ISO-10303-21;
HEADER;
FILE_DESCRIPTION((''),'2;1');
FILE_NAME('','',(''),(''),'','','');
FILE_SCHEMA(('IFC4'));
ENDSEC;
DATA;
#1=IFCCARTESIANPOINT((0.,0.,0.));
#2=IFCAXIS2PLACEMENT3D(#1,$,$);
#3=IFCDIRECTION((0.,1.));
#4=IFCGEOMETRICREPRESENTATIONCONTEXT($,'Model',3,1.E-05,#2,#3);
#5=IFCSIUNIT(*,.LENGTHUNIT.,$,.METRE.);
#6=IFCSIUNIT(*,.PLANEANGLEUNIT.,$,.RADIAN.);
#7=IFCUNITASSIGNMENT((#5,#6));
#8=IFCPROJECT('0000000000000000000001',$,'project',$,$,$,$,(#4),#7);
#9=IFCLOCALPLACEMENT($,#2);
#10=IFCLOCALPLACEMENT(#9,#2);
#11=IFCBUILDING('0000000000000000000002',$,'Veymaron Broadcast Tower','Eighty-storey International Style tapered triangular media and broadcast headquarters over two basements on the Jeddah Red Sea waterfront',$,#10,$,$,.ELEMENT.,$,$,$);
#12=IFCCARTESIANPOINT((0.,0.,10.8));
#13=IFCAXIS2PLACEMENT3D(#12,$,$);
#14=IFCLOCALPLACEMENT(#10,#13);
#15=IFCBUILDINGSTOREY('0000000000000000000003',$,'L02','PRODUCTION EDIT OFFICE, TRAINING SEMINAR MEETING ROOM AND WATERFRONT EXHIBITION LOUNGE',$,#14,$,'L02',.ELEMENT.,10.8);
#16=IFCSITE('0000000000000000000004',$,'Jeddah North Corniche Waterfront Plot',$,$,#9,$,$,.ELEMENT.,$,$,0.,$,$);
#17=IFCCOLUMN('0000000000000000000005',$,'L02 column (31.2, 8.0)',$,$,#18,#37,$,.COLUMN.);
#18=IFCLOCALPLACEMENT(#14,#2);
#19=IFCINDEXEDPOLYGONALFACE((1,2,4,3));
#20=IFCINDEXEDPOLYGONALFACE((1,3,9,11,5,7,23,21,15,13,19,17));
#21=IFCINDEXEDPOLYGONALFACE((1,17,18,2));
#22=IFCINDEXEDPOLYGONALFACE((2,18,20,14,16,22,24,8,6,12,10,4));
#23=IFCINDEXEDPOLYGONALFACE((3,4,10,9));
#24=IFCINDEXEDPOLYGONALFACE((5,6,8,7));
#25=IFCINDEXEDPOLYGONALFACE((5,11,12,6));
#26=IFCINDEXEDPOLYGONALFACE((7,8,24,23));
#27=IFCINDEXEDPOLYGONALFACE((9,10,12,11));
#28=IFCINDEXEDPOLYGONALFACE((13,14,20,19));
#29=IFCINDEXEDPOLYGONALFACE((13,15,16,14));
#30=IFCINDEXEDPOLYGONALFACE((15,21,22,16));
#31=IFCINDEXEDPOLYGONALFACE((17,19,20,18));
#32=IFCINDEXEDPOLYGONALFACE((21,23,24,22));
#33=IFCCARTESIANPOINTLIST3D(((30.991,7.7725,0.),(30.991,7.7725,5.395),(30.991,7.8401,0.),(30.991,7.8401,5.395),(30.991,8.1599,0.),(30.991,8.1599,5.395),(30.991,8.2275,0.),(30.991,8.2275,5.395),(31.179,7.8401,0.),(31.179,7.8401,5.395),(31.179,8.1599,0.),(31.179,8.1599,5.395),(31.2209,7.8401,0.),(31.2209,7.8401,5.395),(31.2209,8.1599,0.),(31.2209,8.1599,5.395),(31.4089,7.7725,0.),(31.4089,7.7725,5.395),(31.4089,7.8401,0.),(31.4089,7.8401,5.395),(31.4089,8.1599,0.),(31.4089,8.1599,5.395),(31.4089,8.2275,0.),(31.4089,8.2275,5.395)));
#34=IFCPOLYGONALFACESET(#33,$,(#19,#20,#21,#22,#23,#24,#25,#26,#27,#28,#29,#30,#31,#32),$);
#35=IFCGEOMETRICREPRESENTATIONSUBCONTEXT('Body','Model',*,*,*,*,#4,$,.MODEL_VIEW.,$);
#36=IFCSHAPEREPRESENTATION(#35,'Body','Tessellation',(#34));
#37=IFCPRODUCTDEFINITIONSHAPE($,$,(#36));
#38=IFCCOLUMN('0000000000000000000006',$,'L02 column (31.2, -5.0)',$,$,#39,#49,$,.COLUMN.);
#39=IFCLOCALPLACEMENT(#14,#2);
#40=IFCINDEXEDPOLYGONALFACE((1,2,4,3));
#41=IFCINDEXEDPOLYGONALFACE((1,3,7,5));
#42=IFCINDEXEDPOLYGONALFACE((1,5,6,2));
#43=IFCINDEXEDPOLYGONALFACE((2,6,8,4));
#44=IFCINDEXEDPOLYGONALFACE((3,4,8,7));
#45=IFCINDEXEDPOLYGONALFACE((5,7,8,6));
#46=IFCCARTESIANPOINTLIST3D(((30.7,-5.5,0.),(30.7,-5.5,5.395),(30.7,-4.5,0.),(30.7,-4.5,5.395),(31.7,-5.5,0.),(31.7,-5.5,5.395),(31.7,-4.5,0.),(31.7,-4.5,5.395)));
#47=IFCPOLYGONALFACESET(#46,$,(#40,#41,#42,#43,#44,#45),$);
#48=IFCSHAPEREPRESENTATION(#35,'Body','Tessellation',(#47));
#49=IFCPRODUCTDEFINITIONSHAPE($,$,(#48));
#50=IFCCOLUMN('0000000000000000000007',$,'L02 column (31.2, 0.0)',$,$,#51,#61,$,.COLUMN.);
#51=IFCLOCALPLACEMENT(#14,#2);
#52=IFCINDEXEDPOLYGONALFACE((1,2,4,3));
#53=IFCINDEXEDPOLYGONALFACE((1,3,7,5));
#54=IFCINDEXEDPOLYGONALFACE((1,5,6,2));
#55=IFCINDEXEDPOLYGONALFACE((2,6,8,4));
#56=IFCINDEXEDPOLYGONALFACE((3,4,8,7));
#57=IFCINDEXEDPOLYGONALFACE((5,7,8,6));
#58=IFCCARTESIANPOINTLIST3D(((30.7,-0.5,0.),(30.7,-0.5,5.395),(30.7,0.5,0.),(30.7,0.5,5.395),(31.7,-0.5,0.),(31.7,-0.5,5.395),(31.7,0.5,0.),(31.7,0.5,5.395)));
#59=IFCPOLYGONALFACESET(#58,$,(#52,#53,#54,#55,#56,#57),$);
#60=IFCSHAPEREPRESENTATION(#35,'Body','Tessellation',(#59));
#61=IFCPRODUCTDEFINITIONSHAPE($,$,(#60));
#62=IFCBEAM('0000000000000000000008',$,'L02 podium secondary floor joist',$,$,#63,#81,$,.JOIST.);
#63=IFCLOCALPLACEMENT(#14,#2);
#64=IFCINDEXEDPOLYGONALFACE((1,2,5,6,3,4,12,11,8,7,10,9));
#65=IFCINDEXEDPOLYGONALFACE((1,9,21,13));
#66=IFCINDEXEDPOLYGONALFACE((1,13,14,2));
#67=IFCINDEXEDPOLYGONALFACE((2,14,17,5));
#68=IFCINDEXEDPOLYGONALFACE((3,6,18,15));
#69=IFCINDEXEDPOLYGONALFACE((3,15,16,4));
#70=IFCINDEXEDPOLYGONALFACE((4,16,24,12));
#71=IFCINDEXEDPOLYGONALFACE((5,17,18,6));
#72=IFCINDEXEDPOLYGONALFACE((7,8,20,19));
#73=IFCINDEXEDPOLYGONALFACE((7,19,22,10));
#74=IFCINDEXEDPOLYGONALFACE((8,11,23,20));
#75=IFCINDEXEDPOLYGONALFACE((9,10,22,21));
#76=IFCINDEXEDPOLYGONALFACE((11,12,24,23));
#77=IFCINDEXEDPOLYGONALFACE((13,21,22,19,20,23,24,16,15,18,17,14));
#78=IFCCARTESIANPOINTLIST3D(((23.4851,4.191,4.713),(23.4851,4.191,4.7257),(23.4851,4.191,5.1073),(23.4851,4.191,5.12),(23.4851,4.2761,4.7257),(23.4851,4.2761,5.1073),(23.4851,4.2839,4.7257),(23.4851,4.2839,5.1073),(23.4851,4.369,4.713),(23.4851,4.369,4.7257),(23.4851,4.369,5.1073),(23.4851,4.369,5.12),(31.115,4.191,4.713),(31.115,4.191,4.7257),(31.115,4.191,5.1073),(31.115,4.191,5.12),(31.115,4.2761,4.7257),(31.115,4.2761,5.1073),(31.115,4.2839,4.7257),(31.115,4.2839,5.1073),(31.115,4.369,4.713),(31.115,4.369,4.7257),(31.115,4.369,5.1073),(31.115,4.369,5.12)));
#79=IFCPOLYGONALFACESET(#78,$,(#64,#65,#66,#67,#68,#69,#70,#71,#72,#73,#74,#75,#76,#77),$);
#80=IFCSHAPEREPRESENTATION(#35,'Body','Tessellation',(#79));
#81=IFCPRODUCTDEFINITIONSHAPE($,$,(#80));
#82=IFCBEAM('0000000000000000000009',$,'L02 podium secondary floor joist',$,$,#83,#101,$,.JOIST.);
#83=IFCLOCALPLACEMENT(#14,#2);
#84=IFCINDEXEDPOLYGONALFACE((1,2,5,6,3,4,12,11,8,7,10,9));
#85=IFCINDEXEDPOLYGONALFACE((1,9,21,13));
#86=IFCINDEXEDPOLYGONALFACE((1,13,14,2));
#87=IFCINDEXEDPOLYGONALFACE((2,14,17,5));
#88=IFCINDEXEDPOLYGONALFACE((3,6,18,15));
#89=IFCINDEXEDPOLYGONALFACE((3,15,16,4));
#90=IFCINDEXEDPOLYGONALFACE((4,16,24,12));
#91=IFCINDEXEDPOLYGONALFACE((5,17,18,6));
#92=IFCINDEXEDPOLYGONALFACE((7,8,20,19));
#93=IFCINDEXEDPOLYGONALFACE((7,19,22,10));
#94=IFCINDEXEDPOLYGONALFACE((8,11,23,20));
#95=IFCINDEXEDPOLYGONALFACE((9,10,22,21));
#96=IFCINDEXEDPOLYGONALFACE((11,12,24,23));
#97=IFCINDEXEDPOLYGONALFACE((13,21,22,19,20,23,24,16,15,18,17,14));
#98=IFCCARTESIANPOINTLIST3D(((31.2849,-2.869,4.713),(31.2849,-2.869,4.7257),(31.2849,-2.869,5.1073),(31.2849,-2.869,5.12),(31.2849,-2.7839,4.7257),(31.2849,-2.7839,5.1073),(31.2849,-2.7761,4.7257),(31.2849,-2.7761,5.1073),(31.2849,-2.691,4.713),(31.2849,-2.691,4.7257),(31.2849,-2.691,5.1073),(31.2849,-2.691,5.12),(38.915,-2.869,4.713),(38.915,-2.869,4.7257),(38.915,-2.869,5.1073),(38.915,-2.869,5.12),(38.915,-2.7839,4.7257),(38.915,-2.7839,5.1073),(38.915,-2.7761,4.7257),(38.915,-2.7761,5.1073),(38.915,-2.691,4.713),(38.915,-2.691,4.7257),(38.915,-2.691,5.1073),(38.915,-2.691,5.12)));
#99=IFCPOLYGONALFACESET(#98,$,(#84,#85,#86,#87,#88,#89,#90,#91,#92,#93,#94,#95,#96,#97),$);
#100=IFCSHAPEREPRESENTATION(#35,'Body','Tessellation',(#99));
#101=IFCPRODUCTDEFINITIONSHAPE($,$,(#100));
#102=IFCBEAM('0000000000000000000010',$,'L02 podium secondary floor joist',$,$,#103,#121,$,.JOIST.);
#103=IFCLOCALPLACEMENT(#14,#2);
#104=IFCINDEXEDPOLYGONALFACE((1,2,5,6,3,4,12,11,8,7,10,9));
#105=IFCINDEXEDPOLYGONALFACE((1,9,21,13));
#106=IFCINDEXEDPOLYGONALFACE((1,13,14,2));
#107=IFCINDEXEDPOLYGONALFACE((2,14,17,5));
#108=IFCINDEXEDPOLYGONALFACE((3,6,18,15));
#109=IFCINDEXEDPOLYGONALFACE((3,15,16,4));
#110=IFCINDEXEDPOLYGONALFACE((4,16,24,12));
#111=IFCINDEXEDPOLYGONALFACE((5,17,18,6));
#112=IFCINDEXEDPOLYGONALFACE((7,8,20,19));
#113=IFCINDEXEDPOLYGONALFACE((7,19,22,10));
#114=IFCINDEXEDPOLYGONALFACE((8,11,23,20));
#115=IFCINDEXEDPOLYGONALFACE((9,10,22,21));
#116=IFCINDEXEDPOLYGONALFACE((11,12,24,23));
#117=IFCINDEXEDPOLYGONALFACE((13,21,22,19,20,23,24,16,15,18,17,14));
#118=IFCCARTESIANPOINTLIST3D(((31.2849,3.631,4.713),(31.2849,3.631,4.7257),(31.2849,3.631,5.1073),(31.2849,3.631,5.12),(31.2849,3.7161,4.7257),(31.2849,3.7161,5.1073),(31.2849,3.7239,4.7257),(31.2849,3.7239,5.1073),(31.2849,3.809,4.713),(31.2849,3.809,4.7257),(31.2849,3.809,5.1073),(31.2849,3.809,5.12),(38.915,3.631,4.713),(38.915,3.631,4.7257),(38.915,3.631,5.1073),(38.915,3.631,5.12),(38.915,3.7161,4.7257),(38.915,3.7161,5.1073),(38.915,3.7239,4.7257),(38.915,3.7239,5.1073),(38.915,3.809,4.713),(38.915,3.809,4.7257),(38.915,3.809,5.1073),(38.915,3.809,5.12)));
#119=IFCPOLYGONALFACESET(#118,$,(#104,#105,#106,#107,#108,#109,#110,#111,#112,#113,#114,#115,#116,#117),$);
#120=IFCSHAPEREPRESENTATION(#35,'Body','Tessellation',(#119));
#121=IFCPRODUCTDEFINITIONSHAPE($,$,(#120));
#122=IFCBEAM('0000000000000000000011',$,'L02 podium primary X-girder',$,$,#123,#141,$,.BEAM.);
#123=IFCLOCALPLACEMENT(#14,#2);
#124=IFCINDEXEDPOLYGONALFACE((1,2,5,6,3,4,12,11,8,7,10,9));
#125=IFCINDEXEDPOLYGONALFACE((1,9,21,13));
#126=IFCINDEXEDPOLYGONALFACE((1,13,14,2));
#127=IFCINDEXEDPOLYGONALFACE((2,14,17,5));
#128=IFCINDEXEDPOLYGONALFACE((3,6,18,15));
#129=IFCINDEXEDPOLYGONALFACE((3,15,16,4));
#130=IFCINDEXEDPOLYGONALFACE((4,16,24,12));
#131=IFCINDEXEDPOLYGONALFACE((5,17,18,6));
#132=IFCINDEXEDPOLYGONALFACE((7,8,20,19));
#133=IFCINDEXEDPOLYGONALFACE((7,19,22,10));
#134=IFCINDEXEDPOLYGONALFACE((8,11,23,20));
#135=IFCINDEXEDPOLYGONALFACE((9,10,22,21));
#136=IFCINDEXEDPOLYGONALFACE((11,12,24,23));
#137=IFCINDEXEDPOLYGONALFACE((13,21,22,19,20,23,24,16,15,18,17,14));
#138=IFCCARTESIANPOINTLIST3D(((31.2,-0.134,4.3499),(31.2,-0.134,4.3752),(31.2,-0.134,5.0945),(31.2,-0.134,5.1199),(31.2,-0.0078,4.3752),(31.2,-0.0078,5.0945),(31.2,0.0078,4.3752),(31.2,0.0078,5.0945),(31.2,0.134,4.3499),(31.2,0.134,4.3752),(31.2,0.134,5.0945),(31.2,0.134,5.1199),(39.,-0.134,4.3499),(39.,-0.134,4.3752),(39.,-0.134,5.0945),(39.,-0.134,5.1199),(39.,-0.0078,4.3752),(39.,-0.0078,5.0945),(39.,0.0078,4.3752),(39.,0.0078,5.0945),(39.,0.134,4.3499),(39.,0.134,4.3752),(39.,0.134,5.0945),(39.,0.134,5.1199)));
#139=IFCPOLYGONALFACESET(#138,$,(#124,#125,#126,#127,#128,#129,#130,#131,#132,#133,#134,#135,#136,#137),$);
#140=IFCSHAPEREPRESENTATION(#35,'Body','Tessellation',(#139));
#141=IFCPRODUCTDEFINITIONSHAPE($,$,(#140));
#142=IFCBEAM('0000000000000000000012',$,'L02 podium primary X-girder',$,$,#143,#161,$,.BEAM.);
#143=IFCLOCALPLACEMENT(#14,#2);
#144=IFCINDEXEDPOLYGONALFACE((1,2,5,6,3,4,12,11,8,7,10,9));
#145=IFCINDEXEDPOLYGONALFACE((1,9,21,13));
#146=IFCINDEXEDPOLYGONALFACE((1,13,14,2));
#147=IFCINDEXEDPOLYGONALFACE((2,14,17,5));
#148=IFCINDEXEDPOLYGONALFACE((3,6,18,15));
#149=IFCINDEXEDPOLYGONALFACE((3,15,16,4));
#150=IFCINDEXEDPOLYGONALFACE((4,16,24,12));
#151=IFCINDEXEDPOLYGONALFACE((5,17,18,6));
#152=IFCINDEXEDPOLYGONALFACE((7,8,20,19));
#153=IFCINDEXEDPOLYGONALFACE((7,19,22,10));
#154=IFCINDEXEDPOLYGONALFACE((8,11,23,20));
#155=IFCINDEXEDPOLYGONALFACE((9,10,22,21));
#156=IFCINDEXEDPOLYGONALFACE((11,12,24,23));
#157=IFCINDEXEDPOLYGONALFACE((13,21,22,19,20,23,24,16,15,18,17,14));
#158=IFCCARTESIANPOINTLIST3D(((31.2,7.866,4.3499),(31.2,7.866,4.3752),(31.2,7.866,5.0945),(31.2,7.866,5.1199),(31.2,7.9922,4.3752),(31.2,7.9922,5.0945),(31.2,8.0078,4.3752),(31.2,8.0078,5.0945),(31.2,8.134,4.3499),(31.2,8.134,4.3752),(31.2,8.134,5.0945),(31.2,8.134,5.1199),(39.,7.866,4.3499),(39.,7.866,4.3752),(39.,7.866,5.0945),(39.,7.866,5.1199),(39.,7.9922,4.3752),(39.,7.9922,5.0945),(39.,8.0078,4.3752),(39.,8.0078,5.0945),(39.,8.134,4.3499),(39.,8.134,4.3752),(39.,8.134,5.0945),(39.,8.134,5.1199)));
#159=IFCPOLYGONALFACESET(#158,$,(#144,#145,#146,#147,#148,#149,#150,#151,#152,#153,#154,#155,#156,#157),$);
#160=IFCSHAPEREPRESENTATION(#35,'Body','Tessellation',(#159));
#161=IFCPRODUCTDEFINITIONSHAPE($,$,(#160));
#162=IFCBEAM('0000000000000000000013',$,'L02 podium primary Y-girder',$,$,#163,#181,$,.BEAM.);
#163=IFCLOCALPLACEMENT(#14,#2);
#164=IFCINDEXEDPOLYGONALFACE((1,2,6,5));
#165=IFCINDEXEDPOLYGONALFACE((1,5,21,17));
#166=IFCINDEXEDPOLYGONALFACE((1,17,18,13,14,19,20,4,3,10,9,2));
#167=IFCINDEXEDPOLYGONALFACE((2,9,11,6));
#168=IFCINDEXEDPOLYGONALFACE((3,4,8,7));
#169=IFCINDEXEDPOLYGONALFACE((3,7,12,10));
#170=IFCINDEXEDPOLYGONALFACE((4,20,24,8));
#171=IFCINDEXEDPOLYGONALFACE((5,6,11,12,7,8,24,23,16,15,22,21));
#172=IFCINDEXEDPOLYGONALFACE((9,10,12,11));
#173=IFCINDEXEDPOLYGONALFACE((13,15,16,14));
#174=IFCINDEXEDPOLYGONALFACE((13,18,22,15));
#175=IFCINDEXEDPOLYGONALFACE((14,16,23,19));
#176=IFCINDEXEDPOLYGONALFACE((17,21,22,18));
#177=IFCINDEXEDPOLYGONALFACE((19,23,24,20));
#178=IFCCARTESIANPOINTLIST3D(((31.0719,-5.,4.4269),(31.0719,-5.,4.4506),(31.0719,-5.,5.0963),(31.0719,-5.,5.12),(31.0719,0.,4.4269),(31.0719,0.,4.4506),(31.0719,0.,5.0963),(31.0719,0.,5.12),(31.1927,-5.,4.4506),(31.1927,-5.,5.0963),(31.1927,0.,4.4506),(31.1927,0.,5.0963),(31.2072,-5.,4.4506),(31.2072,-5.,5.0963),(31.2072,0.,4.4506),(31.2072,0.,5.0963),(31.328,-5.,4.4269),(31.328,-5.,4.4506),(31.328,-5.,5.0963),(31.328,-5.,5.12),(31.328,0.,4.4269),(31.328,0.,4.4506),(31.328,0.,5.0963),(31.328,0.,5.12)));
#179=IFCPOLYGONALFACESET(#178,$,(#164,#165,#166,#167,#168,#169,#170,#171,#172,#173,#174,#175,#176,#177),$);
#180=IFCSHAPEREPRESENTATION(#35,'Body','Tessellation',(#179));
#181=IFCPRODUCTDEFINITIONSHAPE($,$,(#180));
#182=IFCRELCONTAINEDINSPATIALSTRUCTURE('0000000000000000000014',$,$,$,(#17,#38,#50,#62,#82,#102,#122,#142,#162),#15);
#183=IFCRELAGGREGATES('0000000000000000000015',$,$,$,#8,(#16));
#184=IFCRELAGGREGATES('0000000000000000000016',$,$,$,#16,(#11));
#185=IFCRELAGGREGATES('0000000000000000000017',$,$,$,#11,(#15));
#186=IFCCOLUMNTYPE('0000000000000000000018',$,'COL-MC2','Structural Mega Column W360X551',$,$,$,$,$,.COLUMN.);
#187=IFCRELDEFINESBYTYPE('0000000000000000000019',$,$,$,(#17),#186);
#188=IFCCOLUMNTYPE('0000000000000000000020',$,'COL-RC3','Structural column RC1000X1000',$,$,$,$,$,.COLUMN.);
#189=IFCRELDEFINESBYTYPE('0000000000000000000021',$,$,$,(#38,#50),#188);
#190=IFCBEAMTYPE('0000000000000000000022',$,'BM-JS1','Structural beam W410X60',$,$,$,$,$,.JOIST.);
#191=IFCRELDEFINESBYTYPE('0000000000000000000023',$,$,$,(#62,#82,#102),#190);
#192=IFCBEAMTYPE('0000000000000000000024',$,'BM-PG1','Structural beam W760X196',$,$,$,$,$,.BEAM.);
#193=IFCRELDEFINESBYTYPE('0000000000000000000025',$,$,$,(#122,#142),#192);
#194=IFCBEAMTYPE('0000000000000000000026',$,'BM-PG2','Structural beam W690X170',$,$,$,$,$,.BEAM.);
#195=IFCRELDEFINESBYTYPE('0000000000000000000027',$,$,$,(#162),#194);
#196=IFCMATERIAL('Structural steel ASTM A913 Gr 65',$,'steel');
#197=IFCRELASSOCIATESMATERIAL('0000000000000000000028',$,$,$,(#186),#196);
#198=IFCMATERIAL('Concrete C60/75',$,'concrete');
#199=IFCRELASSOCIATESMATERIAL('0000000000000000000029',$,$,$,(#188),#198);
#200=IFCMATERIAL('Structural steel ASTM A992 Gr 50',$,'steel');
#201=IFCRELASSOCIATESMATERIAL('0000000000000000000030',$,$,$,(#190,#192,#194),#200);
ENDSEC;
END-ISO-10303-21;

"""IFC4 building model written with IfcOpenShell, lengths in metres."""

from ifc_helpers import new_model, si_unit, direction, frame, origin, origin_2d, place, context, subcontext, project, spatial, rectangle, i_section, extrude, material, material_profile, profile_set, type_object, element, save


model = new_model("IFC4")

# Units and contexts
model_context = context("Model", 3, precision=1e-05, world=origin(), true_north=direction((0.0, 1.0)))
body_context = subcontext(model_context, "Body", "Model", "MODEL_VIEW")
ifc_project = project(units=[si_unit("LENGTHUNIT", "METRE"), si_unit("PLANEANGLEUNIT", "RADIAN")], contexts=[model_context])

# Site, building, storey
site_placement = place(None, origin())
site = spatial("IfcSite", under=ifc_project, at=site_placement, Name="Jeddah North Corniche Waterfront Plot", CompositionType="ELEMENT", RefElevation=0.0)
building_placement = place(site_placement, origin())
building = spatial("IfcBuilding", under=site, at=building_placement, Name="Veymaron Broadcast Tower", Description="Eighty-storey International Style tapered triangular media and broadcast headquarters over two basements on the Jeddah Red Sea waterfront", CompositionType="ELEMENT")
storey_placement = place(building_placement, frame((0.0, 0.0, 10.8)))
storey = spatial("IfcBuildingStorey", under=building, at=storey_placement, Name="L02", Description="PRODUCTION EDIT OFFICE, TRAINING SEMINAR MEETING ROOM AND WATERFRONT EXHIBITION LOUNGE", LongName="L02", CompositionType="ELEMENT", Elevation=10.8)

# Columns
ifc_material_1 = material(Name="Structural steel ASTM A913 Gr 65", Category="steel")
ifc_material_profile_1 = material_profile(ifc_material_1, i_section(OverallWidth=0.418, OverallDepth=0.4551, WebThickness=0.042, FlangeThickness=0.0676, at=origin_2d()), Name="W360X551")
ifc_profile_set_1 = profile_set([ifc_material_profile_1], Name="Structural steel ASTM A913 Gr 65")
column_type_1 = type_object("IfcColumnType", Name="COL-MC2", Description="Structural Mega Column W360X551", PredefinedType="COLUMN", material=ifc_profile_set_1)
column_placement = place(storey_placement, frame((31.2, 8.0, 0.0), z_axis=(0.0, 0.0, 1.0), x_axis=(1.0, 0.0, 0.0)))
element("IfcColumn", 1, at=column_placement, inside=storey, type_object=column_type_1, Name="L02 column (31.2, 8.0)", PredefinedType="COLUMN", context=body_context, shape_type="SweptSolid", body=[
    extrude(i_section(OverallWidth=0.418, OverallDepth=0.4551, WebThickness=0.042, FlangeThickness=0.0676, at=origin_2d()), origin(), (0.0, 0.0, 1.0), 5.395),
])
ifc_material_2 = material(Name="Concrete C60/75", Category="concrete")
ifc_material_profile_2 = material_profile(ifc_material_2, rectangle(XDim=1.0, YDim=1.0, at=origin_2d()), Name="RC1000X1000")
ifc_profile_set_2 = profile_set([ifc_material_profile_2], Name="Concrete C60/75")
column_type_2 = type_object("IfcColumnType", Name="COL-RC3", Description="Structural column RC1000X1000", PredefinedType="COLUMN", material=ifc_profile_set_2)
for number, where, z_axis, x_axis, name in (
    (2, (31.2, -5.0, 0.0), (0.0, 0.0, 1.0), (1.0, 0.0, 0.0), "L02 column (31.2, -5.0)"),
    (3, (31.2, 0.0, 0.0), (0.0, 0.0, 1.0), (1.0, 0.0, 0.0), "L02 column (31.2, 0.0)"),
):
    element("IfcColumn", number, at=place(storey_placement, frame(where, z_axis=z_axis, x_axis=x_axis)), inside=storey, type_object=column_type_2, Name=name, PredefinedType="COLUMN", context=body_context, shape_type="SweptSolid", body=[
        extrude(rectangle(XDim=1.0, YDim=1.0, at=origin_2d()), origin(), (0.0, 0.0, 1.0), 5.395),
    ])

# Beams
ifc_material_3 = material(Name="Structural steel ASTM A992 Gr 50", Category="steel")
ifc_material_profile_3 = material_profile(ifc_material_3, i_section(OverallWidth=0.178, OverallDepth=0.407, WebThickness=0.0078, FlangeThickness=0.0127, at=origin_2d()), Name="W410X60")
ifc_profile_set_3 = profile_set([ifc_material_profile_3], Name="Structural steel ASTM A992 Gr 50")
beam_type_1 = type_object("IfcBeamType", Name="BM-JS1", Description="Structural beam W410X60", PredefinedType="JOIST", material=ifc_profile_set_3)
beam_1_placement = place(storey_placement, frame((23.4851, 4.28, 4.9165), z_axis=(1.0, 0.0, 0.0), x_axis=(0.0, 1.0, 0.0)))
element("IfcBeam", 4, at=beam_1_placement, inside=storey, type_object=beam_type_1, Name="L02 podium secondary floor joist", PredefinedType="JOIST", context=body_context, shape_type="SweptSolid", body=[
    extrude(i_section(OverallWidth=0.178, OverallDepth=0.407, WebThickness=0.0078, FlangeThickness=0.0127, at=origin_2d()), origin(), (0.0, 0.0, 1.0), 7.6299),
])
for number, where, z_axis, x_axis, name in (
    (5, (31.2849, -2.78, 4.9165), (1.0, 0.0, 0.0), (0.0, 1.0, 0.0), "L02 podium secondary floor joist"),
    (6, (31.2849, 3.72, 4.9165), (1.0, 0.0, 0.0), (0.0, 1.0, 0.0), "L02 podium secondary floor joist"),
):
    element("IfcBeam", number, at=place(storey_placement, frame(where, z_axis=z_axis, x_axis=x_axis)), inside=storey, type_object=beam_type_1, Name=name, PredefinedType="JOIST", context=body_context, shape_type="SweptSolid", body=[
        extrude(i_section(OverallWidth=0.178, OverallDepth=0.407, WebThickness=0.0078, FlangeThickness=0.0127, at=origin_2d()), origin(), (0.0, 0.0, 1.0), 7.6301),
    ])
ifc_material_profile_4 = material_profile(ifc_material_3, i_section(OverallWidth=0.2681, OverallDepth=0.77, WebThickness=0.0156, FlangeThickness=0.0254, at=origin_2d()), Name="W760X196")
ifc_profile_set_4 = profile_set([ifc_material_profile_4], Name="Structural steel ASTM A992 Gr 50")
beam_type_2 = type_object("IfcBeamType", Name="BM-PG1", Description="Structural beam W760X196", PredefinedType="BEAM", material=ifc_profile_set_4)
for number, where, z_axis, x_axis, name in (
    (7, (31.2, 0.0, 4.7349), (1.0, 0.0, 0.0), (0.0, 1.0, 0.0), "L02 podium primary X-girder"),
    (8, (31.2, 8.0, 4.7349), (1.0, 0.0, 0.0), (0.0, 1.0, 0.0), "L02 podium primary X-girder"),
):
    element("IfcBeam", number, at=place(storey_placement, frame(where, z_axis=z_axis, x_axis=x_axis)), inside=storey, type_object=beam_type_2, Name=name, PredefinedType="BEAM", context=body_context, shape_type="SweptSolid", body=[
        extrude(i_section(OverallWidth=0.2681, OverallDepth=0.77, WebThickness=0.0156, FlangeThickness=0.0254, at=origin_2d()), origin(), (0.0, 0.0, 1.0), 7.8),
    ])
ifc_material_profile_5 = material_profile(ifc_material_3, i_section(OverallWidth=0.2561, OverallDepth=0.6931, WebThickness=0.0144, FlangeThickness=0.0237, at=origin_2d()), Name="W690X170")
ifc_profile_set_5 = profile_set([ifc_material_profile_5], Name="Structural steel ASTM A992 Gr 50")
beam_type_3 = type_object("IfcBeamType", Name="BM-PG2", Description="Structural beam W690X170", PredefinedType="BEAM", material=ifc_profile_set_5)
beam_2_placement = place(storey_placement, frame((31.2, -5.0, 4.7734), z_axis=(0.0, 1.0, 0.0), x_axis=(-1.0, 0.0, 0.0)))
element("IfcBeam", 9, at=beam_2_placement, inside=storey, type_object=beam_type_3, Name="L02 podium primary Y-girder", PredefinedType="BEAM", context=body_context, shape_type="SweptSolid", body=[
    extrude(i_section(OverallWidth=0.2561, OverallDepth=0.6931, WebThickness=0.0144, FlangeThickness=0.0237, at=origin_2d()), origin(), (0.0, 0.0, 1.0), 5.0),
])

save(model, "model.ifc")
